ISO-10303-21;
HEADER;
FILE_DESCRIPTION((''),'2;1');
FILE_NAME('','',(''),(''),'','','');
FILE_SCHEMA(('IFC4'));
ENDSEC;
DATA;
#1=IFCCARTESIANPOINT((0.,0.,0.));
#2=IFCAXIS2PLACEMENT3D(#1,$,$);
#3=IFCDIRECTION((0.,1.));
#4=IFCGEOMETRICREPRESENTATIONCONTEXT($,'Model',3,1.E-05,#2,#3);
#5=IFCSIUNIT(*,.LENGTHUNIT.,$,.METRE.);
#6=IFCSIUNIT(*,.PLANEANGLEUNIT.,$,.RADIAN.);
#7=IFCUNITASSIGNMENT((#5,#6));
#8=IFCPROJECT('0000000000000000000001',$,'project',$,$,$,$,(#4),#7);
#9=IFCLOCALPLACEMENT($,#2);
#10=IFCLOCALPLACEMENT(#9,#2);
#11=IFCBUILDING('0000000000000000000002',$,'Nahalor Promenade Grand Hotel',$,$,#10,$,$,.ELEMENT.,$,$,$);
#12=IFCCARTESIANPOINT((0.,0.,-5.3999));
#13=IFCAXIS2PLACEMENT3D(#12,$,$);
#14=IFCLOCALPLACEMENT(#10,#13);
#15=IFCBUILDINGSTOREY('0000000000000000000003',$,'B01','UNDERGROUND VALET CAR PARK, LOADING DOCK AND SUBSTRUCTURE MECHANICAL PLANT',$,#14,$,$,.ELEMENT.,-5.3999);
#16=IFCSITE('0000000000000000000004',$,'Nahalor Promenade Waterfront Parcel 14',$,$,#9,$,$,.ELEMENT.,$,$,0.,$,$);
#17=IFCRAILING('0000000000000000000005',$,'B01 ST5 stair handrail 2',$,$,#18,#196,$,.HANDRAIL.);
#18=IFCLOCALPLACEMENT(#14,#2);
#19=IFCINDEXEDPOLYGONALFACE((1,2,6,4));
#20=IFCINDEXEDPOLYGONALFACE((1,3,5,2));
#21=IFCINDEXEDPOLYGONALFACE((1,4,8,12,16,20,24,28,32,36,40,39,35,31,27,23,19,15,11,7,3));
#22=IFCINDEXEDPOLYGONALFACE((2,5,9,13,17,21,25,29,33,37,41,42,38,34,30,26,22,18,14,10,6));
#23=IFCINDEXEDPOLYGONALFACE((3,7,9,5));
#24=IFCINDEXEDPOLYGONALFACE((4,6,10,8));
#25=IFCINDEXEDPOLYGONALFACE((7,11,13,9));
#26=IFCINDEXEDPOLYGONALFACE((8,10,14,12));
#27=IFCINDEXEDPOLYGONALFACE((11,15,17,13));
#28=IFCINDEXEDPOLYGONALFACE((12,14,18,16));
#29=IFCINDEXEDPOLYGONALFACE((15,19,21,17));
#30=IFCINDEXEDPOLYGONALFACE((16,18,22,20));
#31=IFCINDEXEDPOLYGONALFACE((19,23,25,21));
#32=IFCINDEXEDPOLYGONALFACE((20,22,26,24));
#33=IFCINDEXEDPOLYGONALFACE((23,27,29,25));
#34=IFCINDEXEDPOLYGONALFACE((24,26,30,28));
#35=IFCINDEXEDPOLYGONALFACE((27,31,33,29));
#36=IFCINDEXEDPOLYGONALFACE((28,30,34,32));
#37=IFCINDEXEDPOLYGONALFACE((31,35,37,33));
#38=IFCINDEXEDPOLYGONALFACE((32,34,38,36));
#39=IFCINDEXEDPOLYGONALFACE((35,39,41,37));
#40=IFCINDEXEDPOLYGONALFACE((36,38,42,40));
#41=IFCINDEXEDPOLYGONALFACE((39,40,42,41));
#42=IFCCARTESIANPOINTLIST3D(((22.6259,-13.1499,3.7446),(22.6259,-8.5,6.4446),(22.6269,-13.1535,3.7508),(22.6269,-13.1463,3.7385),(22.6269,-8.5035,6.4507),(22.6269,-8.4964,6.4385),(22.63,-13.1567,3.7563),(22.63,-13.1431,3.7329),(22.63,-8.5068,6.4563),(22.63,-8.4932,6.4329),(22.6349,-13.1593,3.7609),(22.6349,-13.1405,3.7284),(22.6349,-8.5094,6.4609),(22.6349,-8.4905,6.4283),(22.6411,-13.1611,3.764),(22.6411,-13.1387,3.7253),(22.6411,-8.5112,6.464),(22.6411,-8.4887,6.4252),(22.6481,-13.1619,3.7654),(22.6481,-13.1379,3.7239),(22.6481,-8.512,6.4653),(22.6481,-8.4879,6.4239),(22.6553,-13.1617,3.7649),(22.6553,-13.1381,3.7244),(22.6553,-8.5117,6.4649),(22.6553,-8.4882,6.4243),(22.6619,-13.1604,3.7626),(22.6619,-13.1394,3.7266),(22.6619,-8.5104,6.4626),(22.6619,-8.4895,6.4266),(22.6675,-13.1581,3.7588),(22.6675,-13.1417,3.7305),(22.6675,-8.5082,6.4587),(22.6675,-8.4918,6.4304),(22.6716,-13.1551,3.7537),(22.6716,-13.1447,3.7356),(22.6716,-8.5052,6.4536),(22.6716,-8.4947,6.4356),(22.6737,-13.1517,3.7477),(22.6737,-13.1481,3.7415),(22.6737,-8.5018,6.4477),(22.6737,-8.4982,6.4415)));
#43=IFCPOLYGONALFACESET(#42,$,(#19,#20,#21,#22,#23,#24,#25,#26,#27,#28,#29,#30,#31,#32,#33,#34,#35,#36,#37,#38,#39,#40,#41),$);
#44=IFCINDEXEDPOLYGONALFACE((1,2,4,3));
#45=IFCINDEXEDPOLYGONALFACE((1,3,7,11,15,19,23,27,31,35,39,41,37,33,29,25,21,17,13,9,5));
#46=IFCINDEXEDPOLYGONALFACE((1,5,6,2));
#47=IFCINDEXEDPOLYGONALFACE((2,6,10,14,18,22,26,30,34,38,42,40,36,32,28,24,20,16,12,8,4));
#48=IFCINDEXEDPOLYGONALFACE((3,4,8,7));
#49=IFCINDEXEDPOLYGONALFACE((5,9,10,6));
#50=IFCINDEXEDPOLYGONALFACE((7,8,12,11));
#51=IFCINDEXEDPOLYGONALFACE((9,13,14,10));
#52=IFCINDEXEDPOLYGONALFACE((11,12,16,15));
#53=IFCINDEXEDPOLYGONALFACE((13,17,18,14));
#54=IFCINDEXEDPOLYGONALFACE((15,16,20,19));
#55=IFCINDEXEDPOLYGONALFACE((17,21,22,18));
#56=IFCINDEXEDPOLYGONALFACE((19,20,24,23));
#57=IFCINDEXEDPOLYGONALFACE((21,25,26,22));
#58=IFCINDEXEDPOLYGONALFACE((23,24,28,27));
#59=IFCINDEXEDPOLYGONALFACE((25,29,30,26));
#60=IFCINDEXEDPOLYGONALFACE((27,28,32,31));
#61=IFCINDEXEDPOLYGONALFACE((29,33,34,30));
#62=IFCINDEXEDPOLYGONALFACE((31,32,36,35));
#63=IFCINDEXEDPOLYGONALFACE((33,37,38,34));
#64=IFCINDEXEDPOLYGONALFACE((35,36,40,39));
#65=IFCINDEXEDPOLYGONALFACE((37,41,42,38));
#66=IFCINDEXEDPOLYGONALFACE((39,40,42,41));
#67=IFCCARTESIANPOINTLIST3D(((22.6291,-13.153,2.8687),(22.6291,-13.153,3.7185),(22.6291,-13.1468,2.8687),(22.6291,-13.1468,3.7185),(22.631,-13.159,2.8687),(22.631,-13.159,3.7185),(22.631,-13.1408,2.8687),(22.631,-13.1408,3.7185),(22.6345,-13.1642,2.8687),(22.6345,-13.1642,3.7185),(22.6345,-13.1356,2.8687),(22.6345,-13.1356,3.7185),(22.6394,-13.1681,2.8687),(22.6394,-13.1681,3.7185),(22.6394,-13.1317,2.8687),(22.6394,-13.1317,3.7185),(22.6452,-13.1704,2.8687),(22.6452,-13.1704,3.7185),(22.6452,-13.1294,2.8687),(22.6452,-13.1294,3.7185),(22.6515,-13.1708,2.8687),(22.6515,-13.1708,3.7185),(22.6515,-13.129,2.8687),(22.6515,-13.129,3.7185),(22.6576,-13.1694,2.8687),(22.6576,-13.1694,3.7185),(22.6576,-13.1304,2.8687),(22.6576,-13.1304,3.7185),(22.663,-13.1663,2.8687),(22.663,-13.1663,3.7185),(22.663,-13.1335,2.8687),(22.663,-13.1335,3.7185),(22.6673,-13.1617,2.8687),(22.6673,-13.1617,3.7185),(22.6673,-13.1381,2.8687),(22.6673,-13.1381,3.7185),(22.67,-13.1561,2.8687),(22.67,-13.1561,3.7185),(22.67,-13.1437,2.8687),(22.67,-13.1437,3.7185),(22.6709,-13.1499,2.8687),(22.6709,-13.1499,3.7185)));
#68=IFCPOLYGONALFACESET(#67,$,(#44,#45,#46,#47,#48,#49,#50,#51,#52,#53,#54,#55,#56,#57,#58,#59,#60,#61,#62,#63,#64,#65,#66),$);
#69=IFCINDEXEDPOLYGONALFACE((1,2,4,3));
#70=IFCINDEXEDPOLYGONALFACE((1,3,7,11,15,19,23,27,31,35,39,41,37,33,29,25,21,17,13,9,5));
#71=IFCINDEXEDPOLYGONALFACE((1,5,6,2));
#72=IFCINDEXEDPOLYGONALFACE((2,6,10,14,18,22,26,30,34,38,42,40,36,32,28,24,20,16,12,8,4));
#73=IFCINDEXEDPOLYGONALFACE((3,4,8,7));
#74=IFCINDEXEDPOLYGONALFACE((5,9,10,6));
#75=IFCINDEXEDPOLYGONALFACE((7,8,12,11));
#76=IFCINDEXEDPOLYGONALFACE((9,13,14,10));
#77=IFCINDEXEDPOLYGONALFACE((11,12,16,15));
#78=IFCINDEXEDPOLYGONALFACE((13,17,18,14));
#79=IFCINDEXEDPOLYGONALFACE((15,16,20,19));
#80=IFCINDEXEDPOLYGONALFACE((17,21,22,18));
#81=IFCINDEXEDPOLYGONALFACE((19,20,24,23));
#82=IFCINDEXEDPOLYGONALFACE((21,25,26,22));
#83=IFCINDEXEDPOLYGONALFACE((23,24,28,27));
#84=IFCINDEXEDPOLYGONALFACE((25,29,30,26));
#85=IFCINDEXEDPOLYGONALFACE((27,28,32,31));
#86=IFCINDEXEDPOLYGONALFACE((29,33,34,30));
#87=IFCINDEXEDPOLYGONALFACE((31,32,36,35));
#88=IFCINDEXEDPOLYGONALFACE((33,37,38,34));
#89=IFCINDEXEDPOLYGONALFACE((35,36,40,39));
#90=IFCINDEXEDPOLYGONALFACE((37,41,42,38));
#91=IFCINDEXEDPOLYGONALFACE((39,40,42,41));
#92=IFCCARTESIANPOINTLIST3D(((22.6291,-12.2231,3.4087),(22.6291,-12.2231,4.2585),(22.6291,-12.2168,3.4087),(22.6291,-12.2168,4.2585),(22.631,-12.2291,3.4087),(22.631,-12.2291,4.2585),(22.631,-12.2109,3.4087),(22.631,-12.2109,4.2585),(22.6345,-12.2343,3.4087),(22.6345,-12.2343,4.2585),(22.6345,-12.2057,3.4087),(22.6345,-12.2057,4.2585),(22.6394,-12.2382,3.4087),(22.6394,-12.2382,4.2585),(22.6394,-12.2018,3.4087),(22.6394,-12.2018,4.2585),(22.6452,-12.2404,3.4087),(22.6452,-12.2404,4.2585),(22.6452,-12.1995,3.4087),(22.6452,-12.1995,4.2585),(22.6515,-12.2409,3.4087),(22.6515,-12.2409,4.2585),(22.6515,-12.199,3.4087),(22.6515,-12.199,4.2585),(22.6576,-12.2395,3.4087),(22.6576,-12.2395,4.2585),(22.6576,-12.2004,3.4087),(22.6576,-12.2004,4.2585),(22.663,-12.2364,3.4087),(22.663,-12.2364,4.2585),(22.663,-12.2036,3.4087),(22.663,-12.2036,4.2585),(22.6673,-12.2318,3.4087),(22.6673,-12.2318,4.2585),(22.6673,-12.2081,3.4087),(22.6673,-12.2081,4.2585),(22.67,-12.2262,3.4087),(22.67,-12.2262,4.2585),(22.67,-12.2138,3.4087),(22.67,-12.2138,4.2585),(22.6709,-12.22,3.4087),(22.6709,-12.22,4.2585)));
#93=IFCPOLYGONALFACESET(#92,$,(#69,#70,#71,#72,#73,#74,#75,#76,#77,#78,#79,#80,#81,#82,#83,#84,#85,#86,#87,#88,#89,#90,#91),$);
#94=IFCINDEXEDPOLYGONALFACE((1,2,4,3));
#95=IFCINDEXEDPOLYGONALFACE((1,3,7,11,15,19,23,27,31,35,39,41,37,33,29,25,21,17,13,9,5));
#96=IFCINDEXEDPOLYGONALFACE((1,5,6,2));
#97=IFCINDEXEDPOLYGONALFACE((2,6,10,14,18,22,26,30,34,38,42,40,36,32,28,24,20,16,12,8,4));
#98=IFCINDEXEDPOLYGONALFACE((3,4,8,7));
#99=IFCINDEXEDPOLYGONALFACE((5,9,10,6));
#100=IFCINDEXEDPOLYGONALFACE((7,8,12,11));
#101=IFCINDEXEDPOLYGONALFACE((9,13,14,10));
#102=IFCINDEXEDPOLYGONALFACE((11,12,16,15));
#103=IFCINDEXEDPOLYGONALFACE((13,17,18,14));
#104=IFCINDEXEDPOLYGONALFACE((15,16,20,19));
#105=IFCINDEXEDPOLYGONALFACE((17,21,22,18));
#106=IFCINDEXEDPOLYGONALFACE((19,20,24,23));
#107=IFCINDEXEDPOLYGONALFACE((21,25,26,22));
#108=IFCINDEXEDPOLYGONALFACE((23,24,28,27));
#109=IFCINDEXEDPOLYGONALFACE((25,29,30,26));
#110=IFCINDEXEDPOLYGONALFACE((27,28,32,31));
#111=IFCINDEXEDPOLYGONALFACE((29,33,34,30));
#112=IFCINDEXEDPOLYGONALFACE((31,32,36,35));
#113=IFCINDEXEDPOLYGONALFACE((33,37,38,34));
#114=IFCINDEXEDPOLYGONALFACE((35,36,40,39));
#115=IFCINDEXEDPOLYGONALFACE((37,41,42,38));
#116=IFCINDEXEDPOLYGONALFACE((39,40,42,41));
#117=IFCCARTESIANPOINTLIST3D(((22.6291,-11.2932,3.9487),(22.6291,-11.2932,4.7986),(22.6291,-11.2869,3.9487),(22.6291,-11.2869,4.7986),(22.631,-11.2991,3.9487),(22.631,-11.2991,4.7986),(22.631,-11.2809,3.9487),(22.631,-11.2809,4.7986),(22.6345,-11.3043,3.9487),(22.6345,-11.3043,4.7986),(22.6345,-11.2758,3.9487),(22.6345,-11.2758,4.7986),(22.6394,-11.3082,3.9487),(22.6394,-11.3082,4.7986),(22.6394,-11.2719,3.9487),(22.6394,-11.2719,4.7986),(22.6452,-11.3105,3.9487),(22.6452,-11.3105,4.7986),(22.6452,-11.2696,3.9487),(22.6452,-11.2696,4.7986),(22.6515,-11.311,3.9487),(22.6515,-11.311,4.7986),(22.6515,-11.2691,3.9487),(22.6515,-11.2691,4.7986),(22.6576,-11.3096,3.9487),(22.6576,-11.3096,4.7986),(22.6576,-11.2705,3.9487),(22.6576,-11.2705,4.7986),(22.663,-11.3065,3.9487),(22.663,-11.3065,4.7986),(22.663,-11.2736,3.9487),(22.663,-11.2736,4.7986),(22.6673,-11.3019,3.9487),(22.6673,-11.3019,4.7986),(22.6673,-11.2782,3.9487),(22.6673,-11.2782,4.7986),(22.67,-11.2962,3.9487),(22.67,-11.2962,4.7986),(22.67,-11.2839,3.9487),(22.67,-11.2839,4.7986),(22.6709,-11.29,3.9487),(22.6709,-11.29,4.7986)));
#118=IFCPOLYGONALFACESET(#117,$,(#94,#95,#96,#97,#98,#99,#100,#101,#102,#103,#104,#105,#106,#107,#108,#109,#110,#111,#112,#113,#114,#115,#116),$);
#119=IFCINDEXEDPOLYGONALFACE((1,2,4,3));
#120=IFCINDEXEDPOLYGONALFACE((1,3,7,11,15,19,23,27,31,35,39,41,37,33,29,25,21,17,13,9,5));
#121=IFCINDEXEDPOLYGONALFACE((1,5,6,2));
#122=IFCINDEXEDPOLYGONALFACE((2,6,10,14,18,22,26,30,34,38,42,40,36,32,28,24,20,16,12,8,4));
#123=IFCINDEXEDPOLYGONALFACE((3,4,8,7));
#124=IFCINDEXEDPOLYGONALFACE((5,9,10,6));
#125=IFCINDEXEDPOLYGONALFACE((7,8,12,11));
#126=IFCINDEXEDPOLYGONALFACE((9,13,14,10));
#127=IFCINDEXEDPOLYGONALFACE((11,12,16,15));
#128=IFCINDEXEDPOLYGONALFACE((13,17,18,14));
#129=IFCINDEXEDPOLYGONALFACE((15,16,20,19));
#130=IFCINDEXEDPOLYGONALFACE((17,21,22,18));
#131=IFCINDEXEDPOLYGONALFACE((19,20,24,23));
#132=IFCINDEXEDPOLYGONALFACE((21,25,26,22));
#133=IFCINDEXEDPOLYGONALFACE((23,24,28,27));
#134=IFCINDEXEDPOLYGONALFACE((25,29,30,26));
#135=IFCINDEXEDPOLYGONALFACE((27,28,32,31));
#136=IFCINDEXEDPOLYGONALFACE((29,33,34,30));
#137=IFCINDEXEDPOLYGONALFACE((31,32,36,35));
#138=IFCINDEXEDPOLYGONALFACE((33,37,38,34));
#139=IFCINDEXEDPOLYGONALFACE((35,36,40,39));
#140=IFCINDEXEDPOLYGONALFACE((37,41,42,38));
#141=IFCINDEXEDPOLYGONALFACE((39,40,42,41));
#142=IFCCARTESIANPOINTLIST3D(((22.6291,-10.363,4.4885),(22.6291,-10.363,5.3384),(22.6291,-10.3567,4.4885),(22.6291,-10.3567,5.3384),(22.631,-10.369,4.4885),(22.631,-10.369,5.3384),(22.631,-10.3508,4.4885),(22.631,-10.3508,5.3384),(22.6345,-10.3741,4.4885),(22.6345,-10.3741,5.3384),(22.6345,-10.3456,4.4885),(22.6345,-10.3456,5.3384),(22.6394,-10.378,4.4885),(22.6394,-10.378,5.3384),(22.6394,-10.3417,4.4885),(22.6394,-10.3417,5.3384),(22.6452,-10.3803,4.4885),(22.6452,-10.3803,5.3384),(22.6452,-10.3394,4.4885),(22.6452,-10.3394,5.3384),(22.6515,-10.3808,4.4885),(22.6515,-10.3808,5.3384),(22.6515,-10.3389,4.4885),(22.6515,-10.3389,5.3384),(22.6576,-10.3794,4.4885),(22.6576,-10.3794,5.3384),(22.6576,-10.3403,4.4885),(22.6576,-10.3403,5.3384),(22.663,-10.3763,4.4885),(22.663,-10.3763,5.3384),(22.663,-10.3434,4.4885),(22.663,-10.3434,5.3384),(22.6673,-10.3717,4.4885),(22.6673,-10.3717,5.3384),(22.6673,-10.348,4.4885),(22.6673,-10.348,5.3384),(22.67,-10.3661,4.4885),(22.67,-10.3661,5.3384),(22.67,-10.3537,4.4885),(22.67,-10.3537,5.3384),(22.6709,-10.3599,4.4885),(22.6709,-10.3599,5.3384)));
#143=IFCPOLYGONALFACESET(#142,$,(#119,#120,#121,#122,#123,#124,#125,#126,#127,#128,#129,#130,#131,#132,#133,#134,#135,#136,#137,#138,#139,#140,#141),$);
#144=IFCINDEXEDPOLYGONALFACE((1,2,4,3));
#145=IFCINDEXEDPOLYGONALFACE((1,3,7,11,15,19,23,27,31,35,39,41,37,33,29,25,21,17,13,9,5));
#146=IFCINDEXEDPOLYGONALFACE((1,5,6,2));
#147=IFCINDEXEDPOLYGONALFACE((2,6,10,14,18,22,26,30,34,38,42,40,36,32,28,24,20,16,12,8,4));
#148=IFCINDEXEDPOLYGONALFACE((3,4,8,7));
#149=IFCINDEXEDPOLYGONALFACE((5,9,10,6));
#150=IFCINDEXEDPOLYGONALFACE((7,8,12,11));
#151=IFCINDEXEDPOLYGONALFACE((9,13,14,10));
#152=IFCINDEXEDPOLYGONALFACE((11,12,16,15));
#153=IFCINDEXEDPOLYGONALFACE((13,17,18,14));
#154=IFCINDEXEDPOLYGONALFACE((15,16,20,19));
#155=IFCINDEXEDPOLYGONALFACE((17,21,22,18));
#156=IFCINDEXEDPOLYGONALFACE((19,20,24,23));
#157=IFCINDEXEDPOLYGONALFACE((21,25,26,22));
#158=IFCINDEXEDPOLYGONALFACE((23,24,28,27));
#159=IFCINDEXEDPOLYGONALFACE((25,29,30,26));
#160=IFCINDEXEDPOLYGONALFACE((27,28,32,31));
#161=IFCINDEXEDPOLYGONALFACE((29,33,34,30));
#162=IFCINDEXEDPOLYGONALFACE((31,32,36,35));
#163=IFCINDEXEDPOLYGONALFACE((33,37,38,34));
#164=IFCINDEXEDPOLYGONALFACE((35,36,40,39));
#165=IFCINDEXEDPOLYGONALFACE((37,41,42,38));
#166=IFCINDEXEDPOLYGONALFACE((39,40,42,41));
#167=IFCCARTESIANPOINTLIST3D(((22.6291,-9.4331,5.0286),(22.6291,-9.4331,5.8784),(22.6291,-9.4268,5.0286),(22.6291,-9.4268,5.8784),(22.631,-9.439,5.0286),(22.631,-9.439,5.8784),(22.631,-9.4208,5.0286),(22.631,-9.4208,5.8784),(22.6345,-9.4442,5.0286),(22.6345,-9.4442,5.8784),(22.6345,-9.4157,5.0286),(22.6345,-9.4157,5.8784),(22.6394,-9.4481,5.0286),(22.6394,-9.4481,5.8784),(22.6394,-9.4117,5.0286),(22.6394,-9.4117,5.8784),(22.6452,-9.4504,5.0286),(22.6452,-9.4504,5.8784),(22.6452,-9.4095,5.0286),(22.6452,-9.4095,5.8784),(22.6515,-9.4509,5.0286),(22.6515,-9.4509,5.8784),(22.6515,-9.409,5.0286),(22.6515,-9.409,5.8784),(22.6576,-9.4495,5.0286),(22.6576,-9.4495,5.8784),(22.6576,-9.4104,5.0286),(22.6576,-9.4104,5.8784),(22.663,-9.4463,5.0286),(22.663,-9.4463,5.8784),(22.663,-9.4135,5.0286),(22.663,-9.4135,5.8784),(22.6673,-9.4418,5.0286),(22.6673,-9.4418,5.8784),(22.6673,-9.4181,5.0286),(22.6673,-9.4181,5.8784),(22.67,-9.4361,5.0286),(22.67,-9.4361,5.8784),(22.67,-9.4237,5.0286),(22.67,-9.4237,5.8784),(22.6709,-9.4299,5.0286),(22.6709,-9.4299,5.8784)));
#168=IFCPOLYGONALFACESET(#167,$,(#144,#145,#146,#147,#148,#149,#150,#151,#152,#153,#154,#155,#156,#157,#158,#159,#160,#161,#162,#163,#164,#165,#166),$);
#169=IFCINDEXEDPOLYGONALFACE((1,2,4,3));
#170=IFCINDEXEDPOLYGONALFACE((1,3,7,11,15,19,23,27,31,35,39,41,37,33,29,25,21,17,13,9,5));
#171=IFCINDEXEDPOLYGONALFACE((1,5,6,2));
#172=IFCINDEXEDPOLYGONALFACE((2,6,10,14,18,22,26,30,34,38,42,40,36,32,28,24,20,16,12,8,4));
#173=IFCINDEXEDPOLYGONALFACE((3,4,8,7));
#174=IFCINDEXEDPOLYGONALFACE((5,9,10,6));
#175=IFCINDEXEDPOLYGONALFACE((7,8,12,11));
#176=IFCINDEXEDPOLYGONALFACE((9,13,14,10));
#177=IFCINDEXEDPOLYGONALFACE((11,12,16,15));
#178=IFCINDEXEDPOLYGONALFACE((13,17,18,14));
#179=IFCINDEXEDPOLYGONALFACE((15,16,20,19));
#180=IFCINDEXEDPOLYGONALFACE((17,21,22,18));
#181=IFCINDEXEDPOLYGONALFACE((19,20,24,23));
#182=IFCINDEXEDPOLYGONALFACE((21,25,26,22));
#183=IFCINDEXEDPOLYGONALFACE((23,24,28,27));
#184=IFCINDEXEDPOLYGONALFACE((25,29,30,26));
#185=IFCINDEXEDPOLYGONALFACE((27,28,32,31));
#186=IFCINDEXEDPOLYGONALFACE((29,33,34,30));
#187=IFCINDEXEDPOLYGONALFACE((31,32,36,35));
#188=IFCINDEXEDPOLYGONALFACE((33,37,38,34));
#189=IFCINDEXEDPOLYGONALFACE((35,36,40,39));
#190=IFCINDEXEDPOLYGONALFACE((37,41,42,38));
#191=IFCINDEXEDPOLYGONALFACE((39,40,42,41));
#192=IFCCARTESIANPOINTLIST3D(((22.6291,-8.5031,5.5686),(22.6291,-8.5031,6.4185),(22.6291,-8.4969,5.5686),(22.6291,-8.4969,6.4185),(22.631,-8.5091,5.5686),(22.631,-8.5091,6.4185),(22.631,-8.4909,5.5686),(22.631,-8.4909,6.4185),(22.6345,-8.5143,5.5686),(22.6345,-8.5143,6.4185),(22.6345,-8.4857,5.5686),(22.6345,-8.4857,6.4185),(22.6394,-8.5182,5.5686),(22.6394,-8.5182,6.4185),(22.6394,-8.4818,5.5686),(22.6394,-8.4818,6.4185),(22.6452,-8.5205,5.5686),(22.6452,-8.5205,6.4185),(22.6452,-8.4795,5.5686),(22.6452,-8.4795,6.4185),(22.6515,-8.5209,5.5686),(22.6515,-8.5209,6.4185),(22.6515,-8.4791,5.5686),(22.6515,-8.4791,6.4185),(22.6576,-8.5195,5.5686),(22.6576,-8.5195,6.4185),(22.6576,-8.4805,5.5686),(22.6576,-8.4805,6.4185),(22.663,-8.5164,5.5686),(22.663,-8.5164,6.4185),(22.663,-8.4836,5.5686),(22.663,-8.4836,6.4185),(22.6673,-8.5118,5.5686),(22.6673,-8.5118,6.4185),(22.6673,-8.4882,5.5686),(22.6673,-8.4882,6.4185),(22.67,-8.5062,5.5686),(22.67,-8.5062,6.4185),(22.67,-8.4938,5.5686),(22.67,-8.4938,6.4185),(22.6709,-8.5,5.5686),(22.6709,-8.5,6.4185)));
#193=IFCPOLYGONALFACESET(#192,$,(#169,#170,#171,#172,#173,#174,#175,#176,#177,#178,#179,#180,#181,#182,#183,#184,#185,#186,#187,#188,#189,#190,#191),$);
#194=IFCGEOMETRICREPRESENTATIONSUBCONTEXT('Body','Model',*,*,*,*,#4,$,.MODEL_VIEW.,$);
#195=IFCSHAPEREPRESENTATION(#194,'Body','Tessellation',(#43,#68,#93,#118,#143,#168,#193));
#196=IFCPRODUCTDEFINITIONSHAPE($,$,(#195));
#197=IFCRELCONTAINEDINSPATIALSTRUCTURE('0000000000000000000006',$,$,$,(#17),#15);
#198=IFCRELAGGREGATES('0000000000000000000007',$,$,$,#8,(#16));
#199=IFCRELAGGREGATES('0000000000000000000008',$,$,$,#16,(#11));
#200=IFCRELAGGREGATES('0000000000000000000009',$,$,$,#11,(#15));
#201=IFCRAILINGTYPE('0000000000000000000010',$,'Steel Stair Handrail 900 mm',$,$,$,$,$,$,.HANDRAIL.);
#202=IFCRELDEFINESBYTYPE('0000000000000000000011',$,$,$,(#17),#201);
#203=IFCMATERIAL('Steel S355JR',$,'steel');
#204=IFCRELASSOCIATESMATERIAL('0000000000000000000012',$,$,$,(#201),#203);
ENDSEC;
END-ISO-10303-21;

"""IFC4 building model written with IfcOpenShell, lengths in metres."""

from ifc_helpers import new_model, si_unit, direction, frame, origin, origin_2d, place, context, subcontext, project, spatial, circle, extrude, material, type_object, element, save


model = new_model("IFC4")

# Units and contexts
model_context = context("Model", 3, precision=1e-05, world=origin(), true_north=direction((0.0, 1.0)))
body_context = subcontext(model_context, "Body", "Model", "MODEL_VIEW")
ifc_project = project(units=[si_unit("LENGTHUNIT", "METRE"), si_unit("PLANEANGLEUNIT", "RADIAN")], contexts=[model_context])

# Site, building, storey
site_placement = place(None, origin())
site = spatial("IfcSite", under=ifc_project, at=site_placement, Name="Nahalor Promenade Waterfront Parcel 14", CompositionType="ELEMENT", RefElevation=0.0)
building_placement = place(site_placement, origin())
building = spatial("IfcBuilding", under=site, at=building_placement, Name="Nahalor Promenade Grand Hotel", CompositionType="ELEMENT")
storey_placement = place(building_placement, frame((0.0, 0.0, -5.3999)))
storey = spatial("IfcBuildingStorey", under=building, at=storey_placement, Name="B01", Description="UNDERGROUND VALET CAR PARK, LOADING DOCK AND SUBSTRUCTURE MECHANICAL PLANT", CompositionType="ELEMENT", Elevation=-5.3999)

# Shared definitions
ifc_material_1 = material(Name="Steel S355JR", Category="steel")

# Railing
railing_type_1 = type_object("IfcRailingType", Name="Steel Stair Handrail 900 mm", PredefinedType="HANDRAIL", material=ifc_material_1)
railing_1_placement = place(storey_placement, frame((22.6499, -13.1499, 2.8687)))
element("IfcRailing", 1, at=railing_1_placement, inside=storey, type_object=railing_type_1, Name="B01 ST5 stair handrail 2", PredefinedType="HANDRAIL", context=body_context, shape_type="SweptSolid", body=[
    extrude(circle(Radius=0.024, at=origin_2d()), frame((0.0, 0.0, 0.876), z_axis=(0.0, 0.864788, 0.502137), x_axis=(-1.0, 0.0, 0.0)), (0.0, 0.0, 1.0), 5.377),
    extrude(circle(Radius=0.021, at=origin_2d()), origin(), (0.0, 0.0, 1.0), 0.8499),
    extrude(circle(Radius=0.021, at=origin_2d()), frame((0.0, 0.9299, 0.54)), (0.0, 0.0, 1.0), 0.8499),
    extrude(circle(Radius=0.021, at=origin_2d()), frame((0.0, 1.8599, 1.0801)), (0.0, 0.0, 1.0), 0.8499),
    extrude(circle(Radius=0.021, at=origin_2d()), frame((0.0, 2.79, 1.6199)), (0.0, 0.0, 1.0), 0.8499),
    extrude(circle(Radius=0.021, at=origin_2d()), frame((0.0, 3.72, 2.1599)), (0.0, 0.0, 1.0), 0.8499),
    extrude(circle(Radius=0.021, at=origin_2d()), frame((0.0, 4.6499, 2.7)), (0.0, 0.0, 1.0), 0.8499),
])

save(model, "model.ifc")
